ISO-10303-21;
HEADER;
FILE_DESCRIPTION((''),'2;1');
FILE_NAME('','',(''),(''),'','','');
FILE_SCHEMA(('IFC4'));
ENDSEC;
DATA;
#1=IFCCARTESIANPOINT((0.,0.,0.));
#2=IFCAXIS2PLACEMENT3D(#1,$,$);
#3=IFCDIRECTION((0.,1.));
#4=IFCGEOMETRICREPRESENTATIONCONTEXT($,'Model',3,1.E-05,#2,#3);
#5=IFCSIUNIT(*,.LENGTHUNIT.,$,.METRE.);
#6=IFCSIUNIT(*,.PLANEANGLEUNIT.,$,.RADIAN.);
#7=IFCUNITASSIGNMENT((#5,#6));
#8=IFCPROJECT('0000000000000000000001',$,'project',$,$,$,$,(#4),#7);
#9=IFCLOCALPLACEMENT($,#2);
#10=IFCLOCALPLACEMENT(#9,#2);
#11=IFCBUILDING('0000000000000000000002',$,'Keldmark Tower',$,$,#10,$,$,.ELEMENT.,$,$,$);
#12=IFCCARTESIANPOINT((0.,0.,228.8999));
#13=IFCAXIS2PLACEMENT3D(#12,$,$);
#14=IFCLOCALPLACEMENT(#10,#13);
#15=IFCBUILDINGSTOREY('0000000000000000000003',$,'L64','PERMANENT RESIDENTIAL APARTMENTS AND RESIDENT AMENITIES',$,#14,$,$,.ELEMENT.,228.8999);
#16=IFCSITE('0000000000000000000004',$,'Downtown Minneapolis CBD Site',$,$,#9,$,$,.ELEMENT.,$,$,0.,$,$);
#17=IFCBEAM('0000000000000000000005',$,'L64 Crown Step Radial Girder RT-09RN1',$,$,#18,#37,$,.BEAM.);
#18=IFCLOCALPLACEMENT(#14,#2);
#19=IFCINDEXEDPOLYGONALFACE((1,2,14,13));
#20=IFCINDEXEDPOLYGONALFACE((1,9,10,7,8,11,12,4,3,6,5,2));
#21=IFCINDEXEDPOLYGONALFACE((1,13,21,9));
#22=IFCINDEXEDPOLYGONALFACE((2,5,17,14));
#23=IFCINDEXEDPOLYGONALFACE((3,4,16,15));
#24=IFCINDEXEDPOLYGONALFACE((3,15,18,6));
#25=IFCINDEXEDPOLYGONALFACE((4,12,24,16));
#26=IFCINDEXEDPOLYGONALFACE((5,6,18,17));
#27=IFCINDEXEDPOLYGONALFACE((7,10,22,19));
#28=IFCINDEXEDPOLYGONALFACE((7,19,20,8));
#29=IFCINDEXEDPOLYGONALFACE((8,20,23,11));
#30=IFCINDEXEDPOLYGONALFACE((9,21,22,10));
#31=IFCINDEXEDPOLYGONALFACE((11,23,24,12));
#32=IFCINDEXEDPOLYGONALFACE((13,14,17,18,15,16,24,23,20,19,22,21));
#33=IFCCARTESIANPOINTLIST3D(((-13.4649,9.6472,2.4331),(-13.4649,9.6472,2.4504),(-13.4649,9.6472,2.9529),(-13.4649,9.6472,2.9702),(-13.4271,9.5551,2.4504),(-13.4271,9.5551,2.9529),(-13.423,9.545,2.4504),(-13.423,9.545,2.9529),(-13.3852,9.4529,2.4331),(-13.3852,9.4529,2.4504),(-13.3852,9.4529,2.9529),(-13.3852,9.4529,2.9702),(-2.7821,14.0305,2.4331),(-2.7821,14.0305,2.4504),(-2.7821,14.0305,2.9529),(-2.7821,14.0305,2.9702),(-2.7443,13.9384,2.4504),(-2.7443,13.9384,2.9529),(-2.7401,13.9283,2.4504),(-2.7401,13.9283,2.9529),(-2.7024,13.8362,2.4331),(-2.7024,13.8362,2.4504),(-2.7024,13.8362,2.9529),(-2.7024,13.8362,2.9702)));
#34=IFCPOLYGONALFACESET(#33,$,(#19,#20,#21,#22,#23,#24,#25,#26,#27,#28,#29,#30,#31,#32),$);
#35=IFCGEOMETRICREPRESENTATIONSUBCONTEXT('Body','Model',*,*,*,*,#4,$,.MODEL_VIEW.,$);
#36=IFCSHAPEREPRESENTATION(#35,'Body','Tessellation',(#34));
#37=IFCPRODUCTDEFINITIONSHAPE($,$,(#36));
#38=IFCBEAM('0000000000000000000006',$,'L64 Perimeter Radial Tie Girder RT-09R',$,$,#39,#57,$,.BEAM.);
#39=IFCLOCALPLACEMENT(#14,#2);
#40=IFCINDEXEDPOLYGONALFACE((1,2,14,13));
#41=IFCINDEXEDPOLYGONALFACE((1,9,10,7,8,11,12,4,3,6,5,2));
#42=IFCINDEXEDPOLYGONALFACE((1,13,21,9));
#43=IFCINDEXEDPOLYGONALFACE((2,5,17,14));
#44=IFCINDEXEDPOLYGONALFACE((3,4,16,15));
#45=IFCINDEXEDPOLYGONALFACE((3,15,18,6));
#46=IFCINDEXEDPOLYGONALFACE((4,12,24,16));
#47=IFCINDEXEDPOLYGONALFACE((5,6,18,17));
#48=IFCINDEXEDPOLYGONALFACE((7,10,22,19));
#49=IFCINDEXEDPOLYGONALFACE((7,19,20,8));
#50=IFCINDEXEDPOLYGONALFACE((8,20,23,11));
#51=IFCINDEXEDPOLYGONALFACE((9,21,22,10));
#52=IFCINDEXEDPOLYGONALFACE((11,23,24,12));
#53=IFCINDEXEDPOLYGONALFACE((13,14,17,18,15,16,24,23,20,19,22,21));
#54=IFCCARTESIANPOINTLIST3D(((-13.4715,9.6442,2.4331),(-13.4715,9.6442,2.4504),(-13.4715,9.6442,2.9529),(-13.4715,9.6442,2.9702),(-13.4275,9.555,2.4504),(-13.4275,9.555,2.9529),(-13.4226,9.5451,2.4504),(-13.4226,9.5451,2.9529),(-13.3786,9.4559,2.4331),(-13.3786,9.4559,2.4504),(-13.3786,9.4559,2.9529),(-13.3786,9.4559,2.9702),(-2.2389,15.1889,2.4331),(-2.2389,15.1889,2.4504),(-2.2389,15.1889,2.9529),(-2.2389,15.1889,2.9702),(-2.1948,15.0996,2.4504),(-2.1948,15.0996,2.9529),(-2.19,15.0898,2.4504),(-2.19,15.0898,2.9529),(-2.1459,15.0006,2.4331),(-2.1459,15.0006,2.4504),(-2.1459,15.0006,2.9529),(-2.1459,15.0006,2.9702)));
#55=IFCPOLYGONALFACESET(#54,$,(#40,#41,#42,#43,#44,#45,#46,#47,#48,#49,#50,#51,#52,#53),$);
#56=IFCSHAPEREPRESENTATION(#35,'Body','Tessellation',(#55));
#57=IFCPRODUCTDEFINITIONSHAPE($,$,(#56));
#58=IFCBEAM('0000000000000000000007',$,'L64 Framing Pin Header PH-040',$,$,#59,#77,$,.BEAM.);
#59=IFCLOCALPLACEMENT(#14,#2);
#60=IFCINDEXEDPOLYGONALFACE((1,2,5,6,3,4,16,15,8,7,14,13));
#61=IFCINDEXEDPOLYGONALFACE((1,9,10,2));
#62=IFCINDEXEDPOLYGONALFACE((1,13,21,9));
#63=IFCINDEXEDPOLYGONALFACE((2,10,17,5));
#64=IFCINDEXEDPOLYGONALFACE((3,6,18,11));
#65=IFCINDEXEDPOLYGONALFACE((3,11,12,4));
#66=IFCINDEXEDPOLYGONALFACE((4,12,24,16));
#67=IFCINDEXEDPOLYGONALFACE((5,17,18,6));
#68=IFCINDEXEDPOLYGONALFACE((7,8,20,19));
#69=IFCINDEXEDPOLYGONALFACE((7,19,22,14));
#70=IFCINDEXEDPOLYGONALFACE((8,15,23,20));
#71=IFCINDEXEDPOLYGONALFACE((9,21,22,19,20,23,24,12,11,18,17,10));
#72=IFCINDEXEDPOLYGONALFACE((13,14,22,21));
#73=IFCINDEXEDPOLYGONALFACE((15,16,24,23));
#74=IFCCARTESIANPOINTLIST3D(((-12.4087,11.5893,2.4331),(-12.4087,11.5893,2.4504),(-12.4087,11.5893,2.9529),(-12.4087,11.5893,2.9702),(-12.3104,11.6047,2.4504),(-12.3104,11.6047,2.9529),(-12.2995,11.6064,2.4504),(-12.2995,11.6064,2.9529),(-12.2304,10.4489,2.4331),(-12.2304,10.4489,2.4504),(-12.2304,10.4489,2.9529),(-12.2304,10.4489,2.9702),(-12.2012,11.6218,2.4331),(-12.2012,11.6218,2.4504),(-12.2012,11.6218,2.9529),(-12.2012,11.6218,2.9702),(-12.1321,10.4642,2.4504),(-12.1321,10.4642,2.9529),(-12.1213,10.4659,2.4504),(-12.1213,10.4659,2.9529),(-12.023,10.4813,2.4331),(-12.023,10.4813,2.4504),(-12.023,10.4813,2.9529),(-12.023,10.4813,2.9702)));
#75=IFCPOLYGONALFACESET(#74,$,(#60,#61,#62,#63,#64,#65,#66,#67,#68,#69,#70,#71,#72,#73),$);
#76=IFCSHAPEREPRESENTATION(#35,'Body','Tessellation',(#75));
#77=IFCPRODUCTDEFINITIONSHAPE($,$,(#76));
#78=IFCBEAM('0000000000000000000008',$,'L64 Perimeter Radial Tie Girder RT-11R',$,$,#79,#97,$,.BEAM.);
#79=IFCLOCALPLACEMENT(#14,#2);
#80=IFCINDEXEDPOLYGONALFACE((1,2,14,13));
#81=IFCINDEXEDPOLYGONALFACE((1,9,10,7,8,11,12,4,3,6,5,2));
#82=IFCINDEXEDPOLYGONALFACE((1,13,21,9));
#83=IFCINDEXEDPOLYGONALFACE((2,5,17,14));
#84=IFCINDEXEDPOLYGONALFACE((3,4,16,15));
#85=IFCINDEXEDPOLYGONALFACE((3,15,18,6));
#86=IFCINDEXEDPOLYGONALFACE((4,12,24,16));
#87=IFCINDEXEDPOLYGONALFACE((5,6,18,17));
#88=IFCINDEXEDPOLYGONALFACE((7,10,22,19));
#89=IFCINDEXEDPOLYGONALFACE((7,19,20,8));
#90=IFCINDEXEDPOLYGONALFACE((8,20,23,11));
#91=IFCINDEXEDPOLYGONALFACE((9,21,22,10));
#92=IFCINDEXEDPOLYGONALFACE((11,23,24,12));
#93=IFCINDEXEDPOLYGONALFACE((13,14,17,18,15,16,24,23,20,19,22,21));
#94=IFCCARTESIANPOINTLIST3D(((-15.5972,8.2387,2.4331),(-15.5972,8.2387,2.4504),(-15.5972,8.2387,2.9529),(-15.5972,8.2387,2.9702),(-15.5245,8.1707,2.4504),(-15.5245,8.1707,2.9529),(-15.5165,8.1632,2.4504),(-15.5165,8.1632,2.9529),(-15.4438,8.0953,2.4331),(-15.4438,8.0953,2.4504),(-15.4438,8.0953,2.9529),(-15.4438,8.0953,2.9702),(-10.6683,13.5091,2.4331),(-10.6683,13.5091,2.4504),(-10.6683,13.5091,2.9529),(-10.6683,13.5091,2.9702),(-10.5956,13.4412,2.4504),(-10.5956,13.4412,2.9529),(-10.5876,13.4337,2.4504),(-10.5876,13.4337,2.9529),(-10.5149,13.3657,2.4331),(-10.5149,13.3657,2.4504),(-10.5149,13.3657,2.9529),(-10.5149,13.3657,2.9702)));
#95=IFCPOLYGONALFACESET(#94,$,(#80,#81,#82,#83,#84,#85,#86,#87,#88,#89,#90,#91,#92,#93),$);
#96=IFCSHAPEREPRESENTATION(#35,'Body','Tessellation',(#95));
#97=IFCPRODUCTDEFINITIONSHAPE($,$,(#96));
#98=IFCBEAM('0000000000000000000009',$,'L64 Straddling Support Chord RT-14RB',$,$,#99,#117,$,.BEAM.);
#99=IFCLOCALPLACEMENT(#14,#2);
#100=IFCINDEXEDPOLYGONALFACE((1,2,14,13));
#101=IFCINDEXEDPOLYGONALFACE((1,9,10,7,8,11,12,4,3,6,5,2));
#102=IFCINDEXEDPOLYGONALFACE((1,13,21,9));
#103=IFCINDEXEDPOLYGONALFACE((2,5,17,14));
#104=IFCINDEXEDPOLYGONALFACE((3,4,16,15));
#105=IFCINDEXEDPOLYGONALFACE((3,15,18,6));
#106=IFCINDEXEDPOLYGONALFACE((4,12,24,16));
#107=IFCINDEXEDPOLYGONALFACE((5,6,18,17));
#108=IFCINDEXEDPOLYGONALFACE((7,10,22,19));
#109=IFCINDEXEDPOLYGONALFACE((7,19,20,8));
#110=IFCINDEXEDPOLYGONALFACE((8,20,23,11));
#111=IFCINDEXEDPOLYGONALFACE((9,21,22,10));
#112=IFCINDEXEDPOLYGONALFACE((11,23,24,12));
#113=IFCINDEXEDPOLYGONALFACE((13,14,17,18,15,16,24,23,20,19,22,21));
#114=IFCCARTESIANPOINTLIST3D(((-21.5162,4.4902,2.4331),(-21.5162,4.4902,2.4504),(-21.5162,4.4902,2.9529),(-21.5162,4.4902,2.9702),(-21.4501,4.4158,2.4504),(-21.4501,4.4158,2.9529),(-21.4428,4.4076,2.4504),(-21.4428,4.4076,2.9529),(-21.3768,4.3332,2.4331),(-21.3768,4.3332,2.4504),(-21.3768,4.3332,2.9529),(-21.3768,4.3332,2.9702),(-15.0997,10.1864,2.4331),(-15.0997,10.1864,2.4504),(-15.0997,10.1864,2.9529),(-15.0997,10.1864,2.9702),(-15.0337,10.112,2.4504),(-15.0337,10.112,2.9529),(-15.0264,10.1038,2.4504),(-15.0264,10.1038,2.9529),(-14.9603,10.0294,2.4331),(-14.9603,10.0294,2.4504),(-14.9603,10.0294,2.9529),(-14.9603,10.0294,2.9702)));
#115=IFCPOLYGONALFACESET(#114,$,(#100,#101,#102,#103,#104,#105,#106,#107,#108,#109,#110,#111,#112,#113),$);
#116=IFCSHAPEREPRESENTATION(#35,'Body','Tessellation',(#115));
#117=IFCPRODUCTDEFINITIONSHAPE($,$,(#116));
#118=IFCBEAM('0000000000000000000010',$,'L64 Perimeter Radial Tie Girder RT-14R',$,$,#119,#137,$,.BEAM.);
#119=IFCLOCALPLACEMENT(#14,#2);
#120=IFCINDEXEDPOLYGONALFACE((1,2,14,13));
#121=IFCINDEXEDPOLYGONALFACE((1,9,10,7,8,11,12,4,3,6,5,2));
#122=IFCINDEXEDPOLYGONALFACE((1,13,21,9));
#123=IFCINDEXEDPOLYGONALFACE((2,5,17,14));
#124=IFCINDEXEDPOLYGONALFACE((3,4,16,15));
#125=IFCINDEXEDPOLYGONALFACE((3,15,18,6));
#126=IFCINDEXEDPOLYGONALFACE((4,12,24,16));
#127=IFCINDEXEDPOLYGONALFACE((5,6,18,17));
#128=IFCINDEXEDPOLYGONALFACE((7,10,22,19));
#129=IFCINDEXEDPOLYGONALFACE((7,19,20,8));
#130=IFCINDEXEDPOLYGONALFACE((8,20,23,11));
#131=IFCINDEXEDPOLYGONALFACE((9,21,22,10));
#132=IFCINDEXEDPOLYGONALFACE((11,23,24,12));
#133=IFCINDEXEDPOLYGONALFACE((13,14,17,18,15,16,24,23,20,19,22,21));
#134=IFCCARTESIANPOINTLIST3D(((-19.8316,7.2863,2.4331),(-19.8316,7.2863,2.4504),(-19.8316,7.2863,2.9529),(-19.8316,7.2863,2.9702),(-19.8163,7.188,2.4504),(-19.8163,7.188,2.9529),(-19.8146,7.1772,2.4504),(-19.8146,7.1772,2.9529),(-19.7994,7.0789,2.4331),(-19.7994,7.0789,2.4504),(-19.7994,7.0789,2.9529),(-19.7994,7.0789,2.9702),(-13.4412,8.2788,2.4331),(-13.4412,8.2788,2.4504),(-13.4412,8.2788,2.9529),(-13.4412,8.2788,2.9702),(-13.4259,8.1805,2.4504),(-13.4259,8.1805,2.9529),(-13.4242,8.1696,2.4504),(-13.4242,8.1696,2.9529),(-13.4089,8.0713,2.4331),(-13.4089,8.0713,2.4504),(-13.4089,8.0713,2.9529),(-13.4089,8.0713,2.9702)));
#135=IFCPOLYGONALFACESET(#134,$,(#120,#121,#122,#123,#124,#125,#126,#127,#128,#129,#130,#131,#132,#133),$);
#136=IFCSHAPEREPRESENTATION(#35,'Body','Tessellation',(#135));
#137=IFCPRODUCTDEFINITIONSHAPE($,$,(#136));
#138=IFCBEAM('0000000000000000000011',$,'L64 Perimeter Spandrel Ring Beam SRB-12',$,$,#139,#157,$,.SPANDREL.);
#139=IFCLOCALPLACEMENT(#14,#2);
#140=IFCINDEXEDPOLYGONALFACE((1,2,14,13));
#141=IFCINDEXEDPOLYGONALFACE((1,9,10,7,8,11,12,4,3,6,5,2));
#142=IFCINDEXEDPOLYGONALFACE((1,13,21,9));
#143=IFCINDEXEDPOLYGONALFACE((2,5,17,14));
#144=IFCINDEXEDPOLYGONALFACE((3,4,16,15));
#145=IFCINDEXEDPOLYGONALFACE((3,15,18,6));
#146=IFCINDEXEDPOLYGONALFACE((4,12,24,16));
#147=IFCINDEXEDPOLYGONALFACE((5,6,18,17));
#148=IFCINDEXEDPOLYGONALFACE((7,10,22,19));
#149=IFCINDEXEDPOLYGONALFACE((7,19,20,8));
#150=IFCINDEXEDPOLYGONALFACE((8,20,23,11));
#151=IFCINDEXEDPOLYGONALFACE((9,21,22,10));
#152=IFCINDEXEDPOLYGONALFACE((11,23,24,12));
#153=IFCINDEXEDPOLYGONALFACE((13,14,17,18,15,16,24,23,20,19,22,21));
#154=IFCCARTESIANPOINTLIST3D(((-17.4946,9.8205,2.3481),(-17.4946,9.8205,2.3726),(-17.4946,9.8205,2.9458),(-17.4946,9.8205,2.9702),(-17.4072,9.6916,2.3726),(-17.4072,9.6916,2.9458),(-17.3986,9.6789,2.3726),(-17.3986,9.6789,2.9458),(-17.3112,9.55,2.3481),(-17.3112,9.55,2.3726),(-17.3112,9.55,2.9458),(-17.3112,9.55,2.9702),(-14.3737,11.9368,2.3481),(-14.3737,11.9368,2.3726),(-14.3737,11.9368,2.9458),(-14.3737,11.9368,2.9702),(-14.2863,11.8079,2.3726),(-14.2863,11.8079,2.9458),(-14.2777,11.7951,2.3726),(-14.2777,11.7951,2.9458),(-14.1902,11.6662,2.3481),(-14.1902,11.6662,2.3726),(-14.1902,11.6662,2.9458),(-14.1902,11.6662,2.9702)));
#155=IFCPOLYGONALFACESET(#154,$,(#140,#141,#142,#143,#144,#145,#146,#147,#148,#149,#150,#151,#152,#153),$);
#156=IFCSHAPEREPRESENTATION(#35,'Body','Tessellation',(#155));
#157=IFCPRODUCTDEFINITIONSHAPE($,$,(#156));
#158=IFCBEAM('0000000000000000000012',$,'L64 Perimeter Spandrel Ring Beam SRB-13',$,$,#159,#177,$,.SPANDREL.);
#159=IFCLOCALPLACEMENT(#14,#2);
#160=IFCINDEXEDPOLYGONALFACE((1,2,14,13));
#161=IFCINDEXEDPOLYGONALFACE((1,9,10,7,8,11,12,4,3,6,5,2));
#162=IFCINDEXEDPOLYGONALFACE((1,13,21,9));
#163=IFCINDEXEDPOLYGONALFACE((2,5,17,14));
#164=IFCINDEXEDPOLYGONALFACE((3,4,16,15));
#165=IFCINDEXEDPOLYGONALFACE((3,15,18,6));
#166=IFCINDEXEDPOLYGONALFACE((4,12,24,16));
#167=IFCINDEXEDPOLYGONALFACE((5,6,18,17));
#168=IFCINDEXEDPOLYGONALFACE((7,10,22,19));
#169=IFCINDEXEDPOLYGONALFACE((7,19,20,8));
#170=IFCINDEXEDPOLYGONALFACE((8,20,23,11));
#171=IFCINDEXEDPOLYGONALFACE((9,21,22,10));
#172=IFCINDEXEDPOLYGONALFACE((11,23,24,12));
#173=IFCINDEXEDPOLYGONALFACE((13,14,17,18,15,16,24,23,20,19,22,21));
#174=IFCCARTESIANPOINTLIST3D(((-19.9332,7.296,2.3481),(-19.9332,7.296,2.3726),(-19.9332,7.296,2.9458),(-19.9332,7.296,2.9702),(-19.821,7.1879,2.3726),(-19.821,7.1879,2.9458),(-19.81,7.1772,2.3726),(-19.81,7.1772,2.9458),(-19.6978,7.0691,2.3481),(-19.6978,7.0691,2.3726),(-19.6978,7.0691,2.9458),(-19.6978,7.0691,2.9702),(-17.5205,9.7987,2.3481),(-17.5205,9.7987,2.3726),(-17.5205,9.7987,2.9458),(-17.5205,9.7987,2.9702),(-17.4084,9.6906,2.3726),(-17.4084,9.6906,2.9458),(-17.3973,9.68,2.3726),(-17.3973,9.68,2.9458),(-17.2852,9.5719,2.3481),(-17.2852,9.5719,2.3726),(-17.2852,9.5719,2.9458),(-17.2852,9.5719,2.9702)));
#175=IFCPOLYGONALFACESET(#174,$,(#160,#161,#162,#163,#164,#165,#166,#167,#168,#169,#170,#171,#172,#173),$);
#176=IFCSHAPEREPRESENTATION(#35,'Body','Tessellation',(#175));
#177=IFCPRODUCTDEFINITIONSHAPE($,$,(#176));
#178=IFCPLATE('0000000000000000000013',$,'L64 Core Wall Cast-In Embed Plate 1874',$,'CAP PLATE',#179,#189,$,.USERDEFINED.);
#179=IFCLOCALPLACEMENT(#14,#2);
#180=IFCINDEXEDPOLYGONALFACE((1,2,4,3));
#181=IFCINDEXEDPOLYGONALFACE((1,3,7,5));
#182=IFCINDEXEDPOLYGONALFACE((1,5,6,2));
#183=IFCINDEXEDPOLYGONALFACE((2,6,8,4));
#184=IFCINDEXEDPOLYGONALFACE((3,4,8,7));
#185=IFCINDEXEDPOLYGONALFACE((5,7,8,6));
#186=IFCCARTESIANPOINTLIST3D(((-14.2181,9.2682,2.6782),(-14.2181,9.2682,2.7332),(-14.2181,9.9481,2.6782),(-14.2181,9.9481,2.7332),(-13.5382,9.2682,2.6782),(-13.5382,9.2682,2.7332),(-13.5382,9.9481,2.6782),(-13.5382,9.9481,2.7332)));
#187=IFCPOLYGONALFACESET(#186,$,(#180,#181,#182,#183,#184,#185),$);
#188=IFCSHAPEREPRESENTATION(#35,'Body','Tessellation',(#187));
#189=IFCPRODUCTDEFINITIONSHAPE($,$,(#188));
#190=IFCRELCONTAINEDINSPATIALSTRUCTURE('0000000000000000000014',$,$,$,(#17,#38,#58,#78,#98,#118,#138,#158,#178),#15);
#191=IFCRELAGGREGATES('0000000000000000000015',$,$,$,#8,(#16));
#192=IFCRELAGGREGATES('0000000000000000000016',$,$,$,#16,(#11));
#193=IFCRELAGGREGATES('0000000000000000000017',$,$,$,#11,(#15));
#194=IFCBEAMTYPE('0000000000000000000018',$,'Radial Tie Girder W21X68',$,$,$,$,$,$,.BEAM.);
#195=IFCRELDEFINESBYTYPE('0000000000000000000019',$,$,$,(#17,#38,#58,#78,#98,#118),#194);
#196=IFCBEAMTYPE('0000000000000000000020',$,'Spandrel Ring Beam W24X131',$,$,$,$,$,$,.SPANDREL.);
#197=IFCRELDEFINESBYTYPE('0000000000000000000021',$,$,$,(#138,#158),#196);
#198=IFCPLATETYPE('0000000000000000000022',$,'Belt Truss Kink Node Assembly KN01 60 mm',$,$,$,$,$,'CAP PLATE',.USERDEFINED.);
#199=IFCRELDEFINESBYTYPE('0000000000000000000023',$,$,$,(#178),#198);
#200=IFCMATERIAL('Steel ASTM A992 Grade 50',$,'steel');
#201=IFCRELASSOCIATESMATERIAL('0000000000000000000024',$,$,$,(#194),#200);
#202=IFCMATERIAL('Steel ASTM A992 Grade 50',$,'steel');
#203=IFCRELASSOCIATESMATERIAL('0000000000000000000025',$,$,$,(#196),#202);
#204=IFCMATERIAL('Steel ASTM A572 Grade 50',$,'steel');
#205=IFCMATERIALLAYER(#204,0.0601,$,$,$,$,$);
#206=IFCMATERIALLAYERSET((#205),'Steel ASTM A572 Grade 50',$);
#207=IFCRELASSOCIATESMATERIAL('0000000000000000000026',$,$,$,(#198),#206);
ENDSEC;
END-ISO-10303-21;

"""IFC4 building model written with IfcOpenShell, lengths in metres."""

from ifc_helpers import new_model, si_unit, direction, frame, origin, origin_2d, place, context, subcontext, project, spatial, rectangle, i_section, extrude, material, layer, layer_set, material_profile, profile_set, type_object, element, save


model = new_model("IFC4")

# Units and contexts
model_context = context("Model", 3, precision=1e-05, world=origin(), true_north=direction((0.0, 1.0)))
body_context = subcontext(model_context, "Body", "Model", "MODEL_VIEW")
ifc_project = project(units=[si_unit("LENGTHUNIT", "METRE"), si_unit("PLANEANGLEUNIT", "RADIAN")], contexts=[model_context])

# Site, building, storey
site_placement = place(None, origin())
site = spatial("IfcSite", under=ifc_project, at=site_placement, Name="Downtown Minneapolis CBD Site", CompositionType="ELEMENT", RefElevation=0.0)
building_placement = place(site_placement, origin())
building = spatial("IfcBuilding", under=site, at=building_placement, Name="Keldmark Tower", CompositionType="ELEMENT")
storey_placement = place(building_placement, frame((0.0, 0.0, 228.8999)))
storey = spatial("IfcBuildingStorey", under=building, at=storey_placement, Name="L64", Description="PERMANENT RESIDENTIAL APARTMENTS AND RESIDENT AMENITIES", CompositionType="ELEMENT", Elevation=228.8999)

# Beams
ifc_material_1 = material(Name="Steel ASTM A992 Grade 50", Category="steel")
ifc_material_profile_1 = material_profile(ifc_material_1, i_section(OverallWidth=0.21, OverallDepth=0.5371, WebThickness=0.011, FlangeThickness=0.0173, at=origin_2d()), Name="W21X68")
ifc_profile_set_1 = profile_set([ifc_material_profile_1], Name="Steel ASTM A992 Grade 50")
beam_type_1 = type_object("IfcBeamType", Name="Radial Tie Girder W21X68", PredefinedType="BEAM", material=ifc_profile_set_1)
beam_1_placement = place(storey_placement, frame((-13.425, 9.55, 2.7017), z_axis=(0.925151, 0.3796, 0.0), x_axis=(-0.3796, 0.925151, 0.0)))
element("IfcBeam", 1, at=beam_1_placement, inside=storey, type_object=beam_type_1, Name="L64 Crown Step Radial Girder RT-09RN1", PredefinedType="BEAM", context=body_context, shape_type="SweptSolid", body=[
    extrude(i_section(OverallWidth=0.21, OverallDepth=0.5371, WebThickness=0.011, FlangeThickness=0.0173, at=origin_2d()), origin(), (0.0, 0.0, 1.0), 11.5471),
])
beam_2_placement = place(storey_placement, frame((-13.425, 9.55, 2.7017), z_axis=(0.896704, 0.442632, 0.0), x_axis=(-0.442632, 0.896704, 0.0)))
element("IfcBeam", 2, at=beam_2_placement, inside=storey, type_object=beam_type_1, Name="L64 Perimeter Radial Tie Girder RT-09R", PredefinedType="BEAM", context=body_context, shape_type="SweptSolid", body=[
    extrude(i_section(OverallWidth=0.21, OverallDepth=0.5371, WebThickness=0.011, FlangeThickness=0.0173, at=origin_2d()), origin(), (0.0, 0.0, 1.0), 12.5266),
])
beam_3_placement = place(storey_placement, frame((-12.1267, 10.4651, 2.7017), z_axis=(-0.154409, 0.988007, 0.0), x_axis=(-0.988007, -0.154409, 0.0)))
element("IfcBeam", 3, at=beam_3_placement, inside=storey, type_object=beam_type_1, Name="L64 Framing Pin Header PH-040", PredefinedType="BEAM", context=body_context, shape_type="SweptSolid", body=[
    extrude(i_section(OverallWidth=0.21, OverallDepth=0.5371, WebThickness=0.011, FlangeThickness=0.0173, at=origin_2d()), origin(), (0.0, 0.0, 1.0), 1.1543),
])
beam_4_placement = place(storey_placement, frame((-15.5205, 8.167, 2.7017), z_axis=(0.683045, 0.730376, 0.0), x_axis=(-0.730376, 0.683045, 0.0)))
element("IfcBeam", 4, at=beam_4_placement, inside=storey, type_object=beam_type_1, Name="L64 Perimeter Radial Tie Girder RT-11R", PredefinedType="BEAM", context=body_context, shape_type="SweptSolid", body=[
    extrude(i_section(OverallWidth=0.21, OverallDepth=0.5371, WebThickness=0.011, FlangeThickness=0.0173, at=origin_2d()), origin(), (0.0, 0.0, 1.0), 7.2161),
])
beam_5_placement = place(storey_placement, frame((-15.03, 10.1079, 2.7017), z_axis=(-0.74783, -0.66389, 0.0), x_axis=(0.66389, -0.74783, 0.0)))
element("IfcBeam", 5, at=beam_5_placement, inside=storey, type_object=beam_type_1, Name="L64 Straddling Support Chord RT-14RB", PredefinedType="BEAM", context=body_context, shape_type="SweptSolid", body=[
    extrude(i_section(OverallWidth=0.21, OverallDepth=0.5371, WebThickness=0.011, FlangeThickness=0.0173, at=origin_2d()), origin(), (0.0, 0.0, 1.0), 8.5801),
])
beam_6_placement = place(storey_placement, frame((-13.425, 8.175, 2.7017), z_axis=(-0.988155, -0.153461, 0.0), x_axis=(0.153461, -0.988155, 0.0)))
element("IfcBeam", 6, at=beam_6_placement, inside=storey, type_object=beam_type_1, Name="L64 Perimeter Radial Tie Girder RT-14R", PredefinedType="BEAM", context=body_context, shape_type="SweptSolid", body=[
    extrude(i_section(OverallWidth=0.21, OverallDepth=0.5371, WebThickness=0.011, FlangeThickness=0.0173, at=origin_2d()), origin(), (0.0, 0.0, 1.0), 6.467),
])
ifc_material_2 = material(Name="Steel ASTM A992 Grade 50", Category="steel")
ifc_material_profile_2 = material_profile(ifc_material_2, i_section(OverallWidth=0.3269, OverallDepth=0.6221, WebThickness=0.0154, FlangeThickness=0.0244, at=origin_2d()), Name="W24X131")
ifc_profile_set_2 = profile_set([ifc_material_profile_2], Name="Steel ASTM A992 Grade 50")
beam_type_2 = type_object("IfcBeamType", Name="Spandrel Ring Beam W24X131", PredefinedType="SPANDREL", material=ifc_profile_set_2)
beam_7_placement = place(storey_placement, frame((-14.282, 11.8015, 2.6592), z_axis=(-0.827662, -0.561227, 0.0), x_axis=(0.561227, -0.827662, 0.0)))
element("IfcBeam", 7, at=beam_7_placement, inside=storey, type_object=beam_type_2, Name="L64 Perimeter Spandrel Ring Beam SRB-12", PredefinedType="SPANDREL", context=body_context, shape_type="SweptSolid", body=[
    extrude(i_section(OverallWidth=0.3269, OverallDepth=0.6221, WebThickness=0.0154, FlangeThickness=0.0244, at=origin_2d()), origin(), (0.0, 0.0, 1.0), 3.7708),
])
beam_8_placement = place(storey_placement, frame((-17.4028, 9.6853, 2.6592), z_axis=(-0.69403, -0.719946, 0.0), x_axis=(0.719946, -0.69403, 0.0)))
element("IfcBeam", 8, at=beam_8_placement, inside=storey, type_object=beam_type_2, Name="L64 Perimeter Spandrel Ring Beam SRB-13", PredefinedType="SPANDREL", context=body_context, shape_type="SweptSolid", body=[
    extrude(i_section(OverallWidth=0.3269, OverallDepth=0.6221, WebThickness=0.0154, FlangeThickness=0.0244, at=origin_2d()), origin(), (0.0, 0.0, 1.0), 3.4763),
])

# Plate
ifc_material_3 = material(Name="Steel ASTM A572 Grade 50", Category="steel")
ifc_layer_1 = layer(ifc_material_3, 0.0601)
ifc_layer_set_1 = layer_set([ifc_layer_1], Name="Steel ASTM A572 Grade 50")
plate_type_1 = type_object("IfcPlateType", Name="Belt Truss Kink Node Assembly KN01 60 mm", ElementType="CAP PLATE", PredefinedType="USERDEFINED", material=ifc_layer_set_1)
for number, where, z_axis, x_axis, name in (
    (9, (-13.8782, 9.6082, 2.6782), (0.0, 0.0, 1.0), (1.0, 0.0, 0.0), "L64 Core Wall Cast-In Embed Plate 1874"),
):
    element("IfcPlate", number, at=place(storey_placement, frame(where, z_axis=z_axis, x_axis=x_axis)), inside=storey, type_object=plate_type_1, Name=name, ObjectType="CAP PLATE", PredefinedType="USERDEFINED", context=body_context, shape_type="SweptSolid", body=[
        extrude(rectangle(XDim=0.6799, YDim=0.6799, at=origin_2d()), origin(), (0.0, 0.0, 1.0), 0.0549),
    ])

save(model, "model.ifc")
